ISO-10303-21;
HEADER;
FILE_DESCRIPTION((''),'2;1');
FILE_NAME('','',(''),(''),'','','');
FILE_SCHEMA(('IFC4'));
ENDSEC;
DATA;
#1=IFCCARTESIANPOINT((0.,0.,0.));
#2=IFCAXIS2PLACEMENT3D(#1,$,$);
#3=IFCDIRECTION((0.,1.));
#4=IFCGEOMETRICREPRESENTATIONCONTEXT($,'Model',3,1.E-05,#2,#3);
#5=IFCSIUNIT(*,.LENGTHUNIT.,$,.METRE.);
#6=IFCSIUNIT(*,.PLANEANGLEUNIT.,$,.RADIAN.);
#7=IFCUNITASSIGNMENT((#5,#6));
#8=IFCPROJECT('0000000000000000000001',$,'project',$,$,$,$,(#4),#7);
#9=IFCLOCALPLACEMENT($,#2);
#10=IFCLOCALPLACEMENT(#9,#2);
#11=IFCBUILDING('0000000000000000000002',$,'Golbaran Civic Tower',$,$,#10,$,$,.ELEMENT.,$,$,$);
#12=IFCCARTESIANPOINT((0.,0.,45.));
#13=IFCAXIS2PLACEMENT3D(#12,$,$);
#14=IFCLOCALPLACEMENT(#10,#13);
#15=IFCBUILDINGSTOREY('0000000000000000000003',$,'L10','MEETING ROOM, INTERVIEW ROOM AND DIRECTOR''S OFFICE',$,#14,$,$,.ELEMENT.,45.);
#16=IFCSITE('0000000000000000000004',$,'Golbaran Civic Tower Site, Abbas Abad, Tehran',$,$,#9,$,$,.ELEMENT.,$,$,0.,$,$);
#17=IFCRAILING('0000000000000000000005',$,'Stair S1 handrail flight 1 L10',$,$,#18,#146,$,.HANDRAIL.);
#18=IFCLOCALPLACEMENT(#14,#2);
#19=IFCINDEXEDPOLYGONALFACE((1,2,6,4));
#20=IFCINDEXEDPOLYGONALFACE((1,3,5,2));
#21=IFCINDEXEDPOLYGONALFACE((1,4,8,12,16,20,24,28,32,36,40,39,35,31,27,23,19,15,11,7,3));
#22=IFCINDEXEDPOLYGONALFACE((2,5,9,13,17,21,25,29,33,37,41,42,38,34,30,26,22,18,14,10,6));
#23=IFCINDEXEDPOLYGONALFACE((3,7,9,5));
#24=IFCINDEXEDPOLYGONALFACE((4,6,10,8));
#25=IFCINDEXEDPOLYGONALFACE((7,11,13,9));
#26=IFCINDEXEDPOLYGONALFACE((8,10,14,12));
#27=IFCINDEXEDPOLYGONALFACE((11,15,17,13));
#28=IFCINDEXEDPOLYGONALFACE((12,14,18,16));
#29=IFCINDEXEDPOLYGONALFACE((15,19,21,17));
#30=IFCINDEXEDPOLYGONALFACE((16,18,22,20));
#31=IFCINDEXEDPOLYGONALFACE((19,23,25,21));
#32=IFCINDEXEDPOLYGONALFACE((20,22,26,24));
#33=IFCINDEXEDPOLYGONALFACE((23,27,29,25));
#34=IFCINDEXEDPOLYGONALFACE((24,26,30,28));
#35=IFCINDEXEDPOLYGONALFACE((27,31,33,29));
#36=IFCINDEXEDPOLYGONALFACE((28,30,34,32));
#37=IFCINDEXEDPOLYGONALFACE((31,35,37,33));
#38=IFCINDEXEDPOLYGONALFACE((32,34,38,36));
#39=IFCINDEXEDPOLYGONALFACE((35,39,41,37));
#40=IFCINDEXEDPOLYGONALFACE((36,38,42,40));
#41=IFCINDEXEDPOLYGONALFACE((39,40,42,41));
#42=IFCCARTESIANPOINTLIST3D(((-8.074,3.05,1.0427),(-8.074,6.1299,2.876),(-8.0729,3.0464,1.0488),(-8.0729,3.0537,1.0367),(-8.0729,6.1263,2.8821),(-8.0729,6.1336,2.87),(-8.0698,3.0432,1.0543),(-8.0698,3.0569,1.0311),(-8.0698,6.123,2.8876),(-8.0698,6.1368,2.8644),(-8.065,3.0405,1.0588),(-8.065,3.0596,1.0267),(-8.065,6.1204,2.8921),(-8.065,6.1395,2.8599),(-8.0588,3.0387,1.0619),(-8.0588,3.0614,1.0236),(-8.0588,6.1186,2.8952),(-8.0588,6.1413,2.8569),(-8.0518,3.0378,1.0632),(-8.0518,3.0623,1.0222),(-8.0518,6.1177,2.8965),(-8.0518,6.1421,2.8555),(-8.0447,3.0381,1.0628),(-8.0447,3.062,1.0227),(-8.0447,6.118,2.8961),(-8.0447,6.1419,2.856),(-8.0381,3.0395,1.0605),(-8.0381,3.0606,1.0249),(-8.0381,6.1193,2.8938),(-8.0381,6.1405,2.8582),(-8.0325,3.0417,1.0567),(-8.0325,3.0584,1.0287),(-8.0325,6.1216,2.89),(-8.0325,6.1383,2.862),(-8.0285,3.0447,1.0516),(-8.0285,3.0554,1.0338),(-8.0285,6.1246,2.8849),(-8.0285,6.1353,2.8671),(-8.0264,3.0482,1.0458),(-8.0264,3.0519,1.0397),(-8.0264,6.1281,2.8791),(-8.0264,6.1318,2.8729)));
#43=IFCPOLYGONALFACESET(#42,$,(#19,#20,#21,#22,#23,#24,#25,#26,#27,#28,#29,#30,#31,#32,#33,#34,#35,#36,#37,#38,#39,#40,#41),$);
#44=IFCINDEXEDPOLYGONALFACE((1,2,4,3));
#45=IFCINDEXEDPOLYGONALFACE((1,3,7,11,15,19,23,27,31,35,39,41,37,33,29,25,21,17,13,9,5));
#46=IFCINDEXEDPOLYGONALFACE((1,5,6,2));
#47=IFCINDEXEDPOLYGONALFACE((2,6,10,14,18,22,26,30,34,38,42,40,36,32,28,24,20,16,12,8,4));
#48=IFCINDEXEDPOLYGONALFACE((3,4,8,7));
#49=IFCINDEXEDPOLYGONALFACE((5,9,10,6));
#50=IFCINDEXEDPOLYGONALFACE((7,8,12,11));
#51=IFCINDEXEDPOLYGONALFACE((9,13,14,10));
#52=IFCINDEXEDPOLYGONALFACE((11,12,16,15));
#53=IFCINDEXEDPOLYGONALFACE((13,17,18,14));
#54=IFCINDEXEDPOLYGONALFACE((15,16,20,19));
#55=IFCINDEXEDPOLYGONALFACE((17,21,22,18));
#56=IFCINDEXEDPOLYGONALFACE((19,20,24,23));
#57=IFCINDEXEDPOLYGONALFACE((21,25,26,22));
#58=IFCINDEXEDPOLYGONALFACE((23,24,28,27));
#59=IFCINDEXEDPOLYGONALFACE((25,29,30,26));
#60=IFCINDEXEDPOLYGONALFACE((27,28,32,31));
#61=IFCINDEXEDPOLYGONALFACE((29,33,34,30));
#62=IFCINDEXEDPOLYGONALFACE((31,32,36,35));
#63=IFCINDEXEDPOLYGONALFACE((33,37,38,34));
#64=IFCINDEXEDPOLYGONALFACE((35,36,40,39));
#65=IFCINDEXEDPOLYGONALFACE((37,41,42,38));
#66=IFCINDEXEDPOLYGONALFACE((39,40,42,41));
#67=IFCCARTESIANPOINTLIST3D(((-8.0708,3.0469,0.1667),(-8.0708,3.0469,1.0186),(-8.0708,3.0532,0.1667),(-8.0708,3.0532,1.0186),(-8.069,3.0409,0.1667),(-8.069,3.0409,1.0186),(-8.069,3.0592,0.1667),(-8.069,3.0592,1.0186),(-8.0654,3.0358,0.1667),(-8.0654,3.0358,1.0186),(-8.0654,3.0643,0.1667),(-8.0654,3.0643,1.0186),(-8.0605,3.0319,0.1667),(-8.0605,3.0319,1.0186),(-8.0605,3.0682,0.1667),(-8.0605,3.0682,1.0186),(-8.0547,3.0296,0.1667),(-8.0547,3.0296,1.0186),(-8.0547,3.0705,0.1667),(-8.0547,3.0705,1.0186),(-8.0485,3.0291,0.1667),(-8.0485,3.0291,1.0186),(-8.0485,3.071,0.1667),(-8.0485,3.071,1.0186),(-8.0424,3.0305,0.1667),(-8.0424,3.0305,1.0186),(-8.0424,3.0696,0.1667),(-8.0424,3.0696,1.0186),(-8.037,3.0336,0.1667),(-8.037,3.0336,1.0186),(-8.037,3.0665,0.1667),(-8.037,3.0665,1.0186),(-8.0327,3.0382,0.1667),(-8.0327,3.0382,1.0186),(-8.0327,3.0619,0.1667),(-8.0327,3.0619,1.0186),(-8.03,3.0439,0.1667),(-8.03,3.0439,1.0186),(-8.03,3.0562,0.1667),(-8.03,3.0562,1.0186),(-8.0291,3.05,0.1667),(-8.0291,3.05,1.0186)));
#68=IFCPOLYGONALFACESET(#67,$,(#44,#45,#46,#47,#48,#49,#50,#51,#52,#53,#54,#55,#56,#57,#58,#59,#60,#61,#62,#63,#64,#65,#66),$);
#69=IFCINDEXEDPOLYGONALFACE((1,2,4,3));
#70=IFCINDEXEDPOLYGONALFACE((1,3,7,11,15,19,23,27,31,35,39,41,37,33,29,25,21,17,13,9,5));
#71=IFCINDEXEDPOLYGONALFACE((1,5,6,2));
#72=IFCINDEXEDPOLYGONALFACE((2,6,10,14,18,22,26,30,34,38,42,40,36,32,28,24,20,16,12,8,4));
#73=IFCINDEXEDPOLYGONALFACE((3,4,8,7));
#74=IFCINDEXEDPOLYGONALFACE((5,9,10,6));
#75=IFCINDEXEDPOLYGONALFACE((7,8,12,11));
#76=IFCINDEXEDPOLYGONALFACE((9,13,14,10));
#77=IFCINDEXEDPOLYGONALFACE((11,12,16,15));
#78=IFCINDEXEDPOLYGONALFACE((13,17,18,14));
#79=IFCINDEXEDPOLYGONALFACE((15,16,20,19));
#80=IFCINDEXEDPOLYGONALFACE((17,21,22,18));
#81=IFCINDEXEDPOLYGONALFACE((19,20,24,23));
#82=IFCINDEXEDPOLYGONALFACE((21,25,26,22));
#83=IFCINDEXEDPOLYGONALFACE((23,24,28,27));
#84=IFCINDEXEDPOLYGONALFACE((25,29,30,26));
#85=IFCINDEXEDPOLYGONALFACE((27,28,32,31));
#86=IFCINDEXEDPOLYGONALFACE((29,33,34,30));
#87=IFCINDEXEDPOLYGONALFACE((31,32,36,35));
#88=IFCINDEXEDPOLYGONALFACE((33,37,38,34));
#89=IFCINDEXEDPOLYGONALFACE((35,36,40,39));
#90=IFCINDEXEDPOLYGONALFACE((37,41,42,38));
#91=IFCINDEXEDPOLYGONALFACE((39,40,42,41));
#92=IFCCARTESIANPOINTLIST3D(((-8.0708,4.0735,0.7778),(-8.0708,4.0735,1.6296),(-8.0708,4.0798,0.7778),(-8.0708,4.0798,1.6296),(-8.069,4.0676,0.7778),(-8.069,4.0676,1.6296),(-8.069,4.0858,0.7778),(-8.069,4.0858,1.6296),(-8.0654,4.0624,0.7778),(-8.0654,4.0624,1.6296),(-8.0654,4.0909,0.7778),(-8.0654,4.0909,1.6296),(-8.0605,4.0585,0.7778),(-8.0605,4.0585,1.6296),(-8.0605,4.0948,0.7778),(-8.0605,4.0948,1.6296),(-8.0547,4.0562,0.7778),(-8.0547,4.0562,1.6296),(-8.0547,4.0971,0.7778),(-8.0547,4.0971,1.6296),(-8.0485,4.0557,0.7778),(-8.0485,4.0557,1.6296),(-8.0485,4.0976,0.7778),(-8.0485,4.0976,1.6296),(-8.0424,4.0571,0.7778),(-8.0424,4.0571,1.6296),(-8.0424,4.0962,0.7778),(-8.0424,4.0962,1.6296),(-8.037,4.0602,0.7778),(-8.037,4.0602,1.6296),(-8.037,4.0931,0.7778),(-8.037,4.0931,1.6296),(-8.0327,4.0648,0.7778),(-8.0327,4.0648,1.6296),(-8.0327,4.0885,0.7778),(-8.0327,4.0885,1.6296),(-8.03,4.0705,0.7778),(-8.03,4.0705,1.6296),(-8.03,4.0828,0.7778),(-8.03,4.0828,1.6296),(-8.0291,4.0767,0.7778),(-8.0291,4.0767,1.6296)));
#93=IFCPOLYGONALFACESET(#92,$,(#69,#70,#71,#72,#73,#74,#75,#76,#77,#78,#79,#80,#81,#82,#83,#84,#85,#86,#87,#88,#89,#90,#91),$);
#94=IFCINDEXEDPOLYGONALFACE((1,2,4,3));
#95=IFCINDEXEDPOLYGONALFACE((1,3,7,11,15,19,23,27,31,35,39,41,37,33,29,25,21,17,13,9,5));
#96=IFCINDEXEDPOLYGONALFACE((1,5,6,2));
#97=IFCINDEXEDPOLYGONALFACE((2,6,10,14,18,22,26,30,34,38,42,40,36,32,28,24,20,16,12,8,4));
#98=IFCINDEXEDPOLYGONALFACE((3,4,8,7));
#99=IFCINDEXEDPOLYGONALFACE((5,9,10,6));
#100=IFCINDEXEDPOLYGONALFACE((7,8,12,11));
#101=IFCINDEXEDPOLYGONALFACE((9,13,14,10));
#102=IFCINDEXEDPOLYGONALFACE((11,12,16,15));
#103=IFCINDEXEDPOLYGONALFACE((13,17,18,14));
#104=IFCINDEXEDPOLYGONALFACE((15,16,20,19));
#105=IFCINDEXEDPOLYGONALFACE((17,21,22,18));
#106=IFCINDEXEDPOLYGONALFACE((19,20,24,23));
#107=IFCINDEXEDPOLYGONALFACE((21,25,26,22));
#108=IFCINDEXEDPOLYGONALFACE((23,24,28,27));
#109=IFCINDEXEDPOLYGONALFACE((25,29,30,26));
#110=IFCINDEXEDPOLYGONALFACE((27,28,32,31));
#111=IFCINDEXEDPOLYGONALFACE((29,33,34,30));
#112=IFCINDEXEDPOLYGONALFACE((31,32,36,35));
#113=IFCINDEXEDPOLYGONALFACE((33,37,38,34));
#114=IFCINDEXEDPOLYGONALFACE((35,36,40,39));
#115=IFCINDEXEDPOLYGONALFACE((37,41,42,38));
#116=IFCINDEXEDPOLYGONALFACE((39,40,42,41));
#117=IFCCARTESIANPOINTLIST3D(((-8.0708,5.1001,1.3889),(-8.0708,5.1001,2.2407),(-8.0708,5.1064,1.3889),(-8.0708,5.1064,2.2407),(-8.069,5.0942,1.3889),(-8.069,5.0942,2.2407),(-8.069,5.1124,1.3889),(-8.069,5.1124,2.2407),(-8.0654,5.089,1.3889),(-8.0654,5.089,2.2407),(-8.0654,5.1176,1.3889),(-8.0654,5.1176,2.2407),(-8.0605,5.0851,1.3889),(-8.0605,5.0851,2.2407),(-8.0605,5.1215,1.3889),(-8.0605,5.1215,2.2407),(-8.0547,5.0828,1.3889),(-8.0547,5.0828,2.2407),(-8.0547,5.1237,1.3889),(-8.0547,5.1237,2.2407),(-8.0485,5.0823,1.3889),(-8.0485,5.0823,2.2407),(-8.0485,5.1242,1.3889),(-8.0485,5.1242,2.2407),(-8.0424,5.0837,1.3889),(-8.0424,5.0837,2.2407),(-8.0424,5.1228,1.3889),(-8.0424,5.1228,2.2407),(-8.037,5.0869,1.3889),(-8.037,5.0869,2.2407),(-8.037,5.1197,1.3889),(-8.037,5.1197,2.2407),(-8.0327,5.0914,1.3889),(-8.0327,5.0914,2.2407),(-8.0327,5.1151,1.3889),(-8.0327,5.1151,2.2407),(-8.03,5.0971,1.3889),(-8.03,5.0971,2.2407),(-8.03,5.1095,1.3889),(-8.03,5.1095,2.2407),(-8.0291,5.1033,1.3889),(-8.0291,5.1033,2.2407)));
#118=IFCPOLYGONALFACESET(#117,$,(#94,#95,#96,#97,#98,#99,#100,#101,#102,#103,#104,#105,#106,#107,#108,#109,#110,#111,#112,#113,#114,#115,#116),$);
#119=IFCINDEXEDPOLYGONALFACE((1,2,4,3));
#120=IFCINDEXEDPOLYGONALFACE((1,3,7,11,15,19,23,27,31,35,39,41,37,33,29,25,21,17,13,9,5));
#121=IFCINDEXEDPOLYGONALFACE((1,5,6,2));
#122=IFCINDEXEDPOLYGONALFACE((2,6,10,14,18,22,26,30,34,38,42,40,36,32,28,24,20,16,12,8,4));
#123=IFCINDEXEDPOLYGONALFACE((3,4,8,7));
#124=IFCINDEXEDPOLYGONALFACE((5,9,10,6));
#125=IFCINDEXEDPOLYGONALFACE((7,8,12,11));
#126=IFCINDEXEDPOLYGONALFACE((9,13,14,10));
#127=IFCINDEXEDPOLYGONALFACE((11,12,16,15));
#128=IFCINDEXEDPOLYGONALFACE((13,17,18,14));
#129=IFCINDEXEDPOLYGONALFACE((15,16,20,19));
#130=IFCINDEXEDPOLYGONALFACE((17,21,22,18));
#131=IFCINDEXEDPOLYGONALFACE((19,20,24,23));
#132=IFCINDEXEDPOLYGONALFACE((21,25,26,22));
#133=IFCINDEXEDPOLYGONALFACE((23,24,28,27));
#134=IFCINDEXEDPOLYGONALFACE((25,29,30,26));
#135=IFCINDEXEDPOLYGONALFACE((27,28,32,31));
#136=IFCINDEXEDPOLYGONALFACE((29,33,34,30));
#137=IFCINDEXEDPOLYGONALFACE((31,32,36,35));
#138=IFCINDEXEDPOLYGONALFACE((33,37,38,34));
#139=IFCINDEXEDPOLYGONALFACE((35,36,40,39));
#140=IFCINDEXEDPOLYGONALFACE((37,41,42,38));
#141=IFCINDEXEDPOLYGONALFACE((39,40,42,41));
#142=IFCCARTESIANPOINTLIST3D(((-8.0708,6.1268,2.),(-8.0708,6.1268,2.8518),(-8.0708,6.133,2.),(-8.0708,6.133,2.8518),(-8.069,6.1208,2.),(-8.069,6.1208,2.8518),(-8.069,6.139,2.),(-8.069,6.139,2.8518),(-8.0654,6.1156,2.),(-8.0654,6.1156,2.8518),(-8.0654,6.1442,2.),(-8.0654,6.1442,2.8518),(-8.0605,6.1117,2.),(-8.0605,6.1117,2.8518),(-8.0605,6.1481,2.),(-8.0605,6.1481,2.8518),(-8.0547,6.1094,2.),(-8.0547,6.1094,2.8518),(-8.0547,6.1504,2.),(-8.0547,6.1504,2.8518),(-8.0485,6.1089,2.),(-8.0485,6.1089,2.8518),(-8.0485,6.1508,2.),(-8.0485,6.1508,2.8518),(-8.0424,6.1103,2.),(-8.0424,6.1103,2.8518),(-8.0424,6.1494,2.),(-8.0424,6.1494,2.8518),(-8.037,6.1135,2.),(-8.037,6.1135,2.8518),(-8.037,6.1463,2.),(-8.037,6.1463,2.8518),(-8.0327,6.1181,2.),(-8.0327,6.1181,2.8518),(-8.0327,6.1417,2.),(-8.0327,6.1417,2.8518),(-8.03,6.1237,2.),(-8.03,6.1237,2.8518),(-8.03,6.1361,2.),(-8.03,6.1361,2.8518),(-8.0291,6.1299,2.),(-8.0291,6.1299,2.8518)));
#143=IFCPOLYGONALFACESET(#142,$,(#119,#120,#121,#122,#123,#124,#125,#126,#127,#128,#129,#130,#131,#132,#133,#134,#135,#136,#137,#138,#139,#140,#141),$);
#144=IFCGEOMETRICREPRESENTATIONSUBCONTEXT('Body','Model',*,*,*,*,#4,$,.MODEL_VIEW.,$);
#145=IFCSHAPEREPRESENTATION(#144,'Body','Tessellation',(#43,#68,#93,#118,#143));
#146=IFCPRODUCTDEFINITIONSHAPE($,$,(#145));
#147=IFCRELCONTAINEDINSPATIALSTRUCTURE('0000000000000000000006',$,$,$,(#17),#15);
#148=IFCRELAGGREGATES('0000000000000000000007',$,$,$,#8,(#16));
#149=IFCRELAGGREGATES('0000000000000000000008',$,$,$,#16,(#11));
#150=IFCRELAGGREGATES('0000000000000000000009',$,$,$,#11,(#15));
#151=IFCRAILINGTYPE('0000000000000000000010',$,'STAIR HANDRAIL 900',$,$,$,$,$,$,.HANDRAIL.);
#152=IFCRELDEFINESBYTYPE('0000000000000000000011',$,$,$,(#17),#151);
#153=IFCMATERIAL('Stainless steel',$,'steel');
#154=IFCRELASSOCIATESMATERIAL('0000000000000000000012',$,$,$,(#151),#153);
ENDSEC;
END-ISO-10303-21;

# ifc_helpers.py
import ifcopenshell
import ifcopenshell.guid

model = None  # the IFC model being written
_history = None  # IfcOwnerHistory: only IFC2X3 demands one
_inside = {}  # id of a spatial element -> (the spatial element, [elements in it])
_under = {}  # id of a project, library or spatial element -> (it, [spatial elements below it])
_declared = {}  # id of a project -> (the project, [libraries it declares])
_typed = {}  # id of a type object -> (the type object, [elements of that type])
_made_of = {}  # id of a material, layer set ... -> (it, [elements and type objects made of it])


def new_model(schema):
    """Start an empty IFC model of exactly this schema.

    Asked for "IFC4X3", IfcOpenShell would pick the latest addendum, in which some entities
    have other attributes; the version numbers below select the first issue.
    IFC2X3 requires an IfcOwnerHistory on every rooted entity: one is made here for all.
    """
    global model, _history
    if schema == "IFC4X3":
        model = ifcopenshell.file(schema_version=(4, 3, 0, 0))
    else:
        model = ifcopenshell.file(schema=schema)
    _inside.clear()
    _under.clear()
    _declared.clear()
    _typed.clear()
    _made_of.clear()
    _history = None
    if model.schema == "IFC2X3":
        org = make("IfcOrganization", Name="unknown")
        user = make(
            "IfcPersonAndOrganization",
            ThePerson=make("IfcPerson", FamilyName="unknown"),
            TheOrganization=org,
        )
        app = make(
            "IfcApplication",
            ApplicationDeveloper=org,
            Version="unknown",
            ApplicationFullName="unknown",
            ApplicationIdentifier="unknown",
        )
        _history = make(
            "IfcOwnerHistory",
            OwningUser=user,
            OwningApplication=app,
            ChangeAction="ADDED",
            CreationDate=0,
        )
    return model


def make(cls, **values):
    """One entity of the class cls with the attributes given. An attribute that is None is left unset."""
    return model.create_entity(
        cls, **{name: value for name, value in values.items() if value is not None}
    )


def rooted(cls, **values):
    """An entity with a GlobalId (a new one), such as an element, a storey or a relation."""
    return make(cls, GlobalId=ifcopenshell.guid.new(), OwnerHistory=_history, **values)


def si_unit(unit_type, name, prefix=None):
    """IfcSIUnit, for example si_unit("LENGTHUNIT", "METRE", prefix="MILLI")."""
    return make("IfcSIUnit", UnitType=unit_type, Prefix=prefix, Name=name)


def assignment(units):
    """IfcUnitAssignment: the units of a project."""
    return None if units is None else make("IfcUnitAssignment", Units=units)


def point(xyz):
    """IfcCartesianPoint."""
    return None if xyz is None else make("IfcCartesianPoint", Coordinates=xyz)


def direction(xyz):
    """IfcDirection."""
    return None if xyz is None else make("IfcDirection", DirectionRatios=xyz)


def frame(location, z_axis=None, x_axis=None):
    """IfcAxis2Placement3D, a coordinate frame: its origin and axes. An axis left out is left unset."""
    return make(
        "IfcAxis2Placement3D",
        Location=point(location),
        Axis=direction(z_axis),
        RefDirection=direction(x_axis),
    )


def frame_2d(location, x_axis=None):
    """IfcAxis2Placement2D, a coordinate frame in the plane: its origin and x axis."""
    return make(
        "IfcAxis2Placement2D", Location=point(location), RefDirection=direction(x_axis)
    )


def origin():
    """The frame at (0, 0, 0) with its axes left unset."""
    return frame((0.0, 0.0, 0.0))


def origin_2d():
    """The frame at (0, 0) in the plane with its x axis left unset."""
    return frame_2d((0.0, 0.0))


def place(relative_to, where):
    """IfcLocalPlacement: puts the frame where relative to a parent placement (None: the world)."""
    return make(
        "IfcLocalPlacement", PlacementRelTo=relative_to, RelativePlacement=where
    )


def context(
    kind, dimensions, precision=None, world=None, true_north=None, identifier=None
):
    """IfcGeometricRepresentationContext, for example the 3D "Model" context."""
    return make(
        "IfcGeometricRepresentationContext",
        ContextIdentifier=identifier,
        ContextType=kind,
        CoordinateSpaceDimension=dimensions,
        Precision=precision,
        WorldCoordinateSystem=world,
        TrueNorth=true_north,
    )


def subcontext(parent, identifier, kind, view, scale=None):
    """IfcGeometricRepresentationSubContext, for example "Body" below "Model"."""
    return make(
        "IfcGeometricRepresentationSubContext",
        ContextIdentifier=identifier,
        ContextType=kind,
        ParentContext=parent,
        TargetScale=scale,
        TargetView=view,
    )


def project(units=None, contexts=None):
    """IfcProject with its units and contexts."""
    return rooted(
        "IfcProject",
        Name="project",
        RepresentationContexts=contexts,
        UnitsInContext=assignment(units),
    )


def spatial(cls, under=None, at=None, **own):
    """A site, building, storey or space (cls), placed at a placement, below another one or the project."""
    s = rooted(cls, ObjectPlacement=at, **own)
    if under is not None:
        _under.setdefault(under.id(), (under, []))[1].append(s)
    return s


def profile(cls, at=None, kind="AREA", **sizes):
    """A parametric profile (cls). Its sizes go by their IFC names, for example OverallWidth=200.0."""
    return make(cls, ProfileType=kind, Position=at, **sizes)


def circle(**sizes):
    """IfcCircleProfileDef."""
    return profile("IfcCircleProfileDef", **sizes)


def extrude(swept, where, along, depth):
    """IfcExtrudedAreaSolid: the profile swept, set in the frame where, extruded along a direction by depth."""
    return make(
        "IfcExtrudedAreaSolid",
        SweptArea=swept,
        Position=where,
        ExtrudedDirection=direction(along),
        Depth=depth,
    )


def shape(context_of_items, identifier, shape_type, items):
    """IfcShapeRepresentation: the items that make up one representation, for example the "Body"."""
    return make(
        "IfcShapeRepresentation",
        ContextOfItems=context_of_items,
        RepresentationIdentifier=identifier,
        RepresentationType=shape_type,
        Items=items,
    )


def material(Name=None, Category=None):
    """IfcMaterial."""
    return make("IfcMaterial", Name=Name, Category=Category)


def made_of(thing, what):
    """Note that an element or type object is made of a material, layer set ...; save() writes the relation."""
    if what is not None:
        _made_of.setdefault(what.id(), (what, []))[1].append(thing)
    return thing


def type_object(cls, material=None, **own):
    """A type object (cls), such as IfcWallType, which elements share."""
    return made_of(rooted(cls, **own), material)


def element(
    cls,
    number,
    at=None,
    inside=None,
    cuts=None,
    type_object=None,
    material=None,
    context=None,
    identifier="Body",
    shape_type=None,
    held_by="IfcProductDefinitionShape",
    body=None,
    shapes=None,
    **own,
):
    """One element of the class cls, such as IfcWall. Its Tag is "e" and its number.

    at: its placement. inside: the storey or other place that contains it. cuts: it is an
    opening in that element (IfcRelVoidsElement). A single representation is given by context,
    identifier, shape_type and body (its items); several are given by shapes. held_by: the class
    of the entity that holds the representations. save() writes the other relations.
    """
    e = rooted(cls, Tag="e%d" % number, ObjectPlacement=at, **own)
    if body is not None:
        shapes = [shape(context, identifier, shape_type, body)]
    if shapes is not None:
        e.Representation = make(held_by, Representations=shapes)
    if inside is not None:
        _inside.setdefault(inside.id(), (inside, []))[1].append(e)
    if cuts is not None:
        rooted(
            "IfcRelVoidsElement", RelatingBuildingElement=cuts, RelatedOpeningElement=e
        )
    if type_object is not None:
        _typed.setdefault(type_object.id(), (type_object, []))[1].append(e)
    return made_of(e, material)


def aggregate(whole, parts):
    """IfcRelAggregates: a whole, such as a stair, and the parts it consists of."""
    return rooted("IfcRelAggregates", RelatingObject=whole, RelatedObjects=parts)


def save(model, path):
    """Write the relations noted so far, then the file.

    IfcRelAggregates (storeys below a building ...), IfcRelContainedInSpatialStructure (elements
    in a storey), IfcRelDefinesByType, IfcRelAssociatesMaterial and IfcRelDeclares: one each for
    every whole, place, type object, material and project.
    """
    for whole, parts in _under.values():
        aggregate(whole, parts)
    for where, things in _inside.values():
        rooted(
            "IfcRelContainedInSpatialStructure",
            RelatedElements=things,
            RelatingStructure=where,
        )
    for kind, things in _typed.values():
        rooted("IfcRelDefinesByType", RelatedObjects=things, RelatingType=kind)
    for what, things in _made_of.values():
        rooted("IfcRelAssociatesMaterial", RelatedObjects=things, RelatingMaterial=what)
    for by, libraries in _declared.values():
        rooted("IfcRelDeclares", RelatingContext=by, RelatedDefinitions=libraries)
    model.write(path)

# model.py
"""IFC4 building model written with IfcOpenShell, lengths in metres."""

from ifc_helpers import new_model, si_unit, direction, frame, origin, origin_2d, place, context, subcontext, project, spatial, circle, extrude, material, type_object, element, save


model = new_model("IFC4")

# Units and contexts
model_context = context("Model", 3, precision=1e-05, world=origin(), true_north=direction((0.0, 1.0)))
body_context = subcontext(model_context, "Body", "Model", "MODEL_VIEW")
ifc_project = project(units=[si_unit("LENGTHUNIT", "METRE"), si_unit("PLANEANGLEUNIT", "RADIAN")], contexts=[model_context])

# Site, building, storey
site_placement = place(None, origin())
site = spatial("IfcSite", under=ifc_project, at=site_placement, Name="Golbaran Civic Tower Site, Abbas Abad, Tehran", CompositionType="ELEMENT", RefElevation=0.0)
building_placement = place(site_placement, origin())
building = spatial("IfcBuilding", under=site, at=building_placement, Name="Golbaran Civic Tower", CompositionType="ELEMENT")
storey_placement = place(building_placement, frame((0.0, 0.0, 45.0)))
storey = spatial("IfcBuildingStorey", under=building, at=storey_placement, Name="L10", Description="MEETING ROOM, INTERVIEW ROOM AND DIRECTOR'S OFFICE", CompositionType="ELEMENT", Elevation=45.0)

# Shared definitions
ifc_material_1 = material(Name="Stainless steel", Category="steel")

# Railing
railing_type = type_object("IfcRailingType", Name="STAIR HANDRAIL 900", PredefinedType="HANDRAIL", material=ifc_material_1)
railing_1_placement = place(storey_placement, frame((-8.05, 3.05, 0.1667)))
element("IfcRailing", 1, at=railing_1_placement, inside=storey, type_object=railing_type, Name="Stair S1 handrail flight 1 L10", PredefinedType="HANDRAIL", context=body_context, shape_type="SweptSolid", body=[
    extrude(circle(Radius=0.0239, at=origin_2d()), frame((0.0, 0.0, 0.876), z_axis=(0.0, 0.859291, 0.511487), x_axis=(-1.0, 0.0, 0.0)), (0.0, 0.0, 1.0), 3.5842),
    extrude(circle(Radius=0.021, at=origin_2d()), origin(), (0.0, 0.0, 1.0), 0.8518),
    extrude(circle(Radius=0.021, at=origin_2d()), frame((0.0, 1.0266, 0.6111)), (0.0, 0.0, 1.0), 0.8518),
    extrude(circle(Radius=0.021, at=origin_2d()), frame((0.0, 2.0532, 1.2222)), (0.0, 0.0, 1.0), 0.8518),
    extrude(circle(Radius=0.021, at=origin_2d()), frame((0.0, 3.0798, 1.8333)), (0.0, 0.0, 1.0), 0.8518),
])

save(model, "model.ifc")
